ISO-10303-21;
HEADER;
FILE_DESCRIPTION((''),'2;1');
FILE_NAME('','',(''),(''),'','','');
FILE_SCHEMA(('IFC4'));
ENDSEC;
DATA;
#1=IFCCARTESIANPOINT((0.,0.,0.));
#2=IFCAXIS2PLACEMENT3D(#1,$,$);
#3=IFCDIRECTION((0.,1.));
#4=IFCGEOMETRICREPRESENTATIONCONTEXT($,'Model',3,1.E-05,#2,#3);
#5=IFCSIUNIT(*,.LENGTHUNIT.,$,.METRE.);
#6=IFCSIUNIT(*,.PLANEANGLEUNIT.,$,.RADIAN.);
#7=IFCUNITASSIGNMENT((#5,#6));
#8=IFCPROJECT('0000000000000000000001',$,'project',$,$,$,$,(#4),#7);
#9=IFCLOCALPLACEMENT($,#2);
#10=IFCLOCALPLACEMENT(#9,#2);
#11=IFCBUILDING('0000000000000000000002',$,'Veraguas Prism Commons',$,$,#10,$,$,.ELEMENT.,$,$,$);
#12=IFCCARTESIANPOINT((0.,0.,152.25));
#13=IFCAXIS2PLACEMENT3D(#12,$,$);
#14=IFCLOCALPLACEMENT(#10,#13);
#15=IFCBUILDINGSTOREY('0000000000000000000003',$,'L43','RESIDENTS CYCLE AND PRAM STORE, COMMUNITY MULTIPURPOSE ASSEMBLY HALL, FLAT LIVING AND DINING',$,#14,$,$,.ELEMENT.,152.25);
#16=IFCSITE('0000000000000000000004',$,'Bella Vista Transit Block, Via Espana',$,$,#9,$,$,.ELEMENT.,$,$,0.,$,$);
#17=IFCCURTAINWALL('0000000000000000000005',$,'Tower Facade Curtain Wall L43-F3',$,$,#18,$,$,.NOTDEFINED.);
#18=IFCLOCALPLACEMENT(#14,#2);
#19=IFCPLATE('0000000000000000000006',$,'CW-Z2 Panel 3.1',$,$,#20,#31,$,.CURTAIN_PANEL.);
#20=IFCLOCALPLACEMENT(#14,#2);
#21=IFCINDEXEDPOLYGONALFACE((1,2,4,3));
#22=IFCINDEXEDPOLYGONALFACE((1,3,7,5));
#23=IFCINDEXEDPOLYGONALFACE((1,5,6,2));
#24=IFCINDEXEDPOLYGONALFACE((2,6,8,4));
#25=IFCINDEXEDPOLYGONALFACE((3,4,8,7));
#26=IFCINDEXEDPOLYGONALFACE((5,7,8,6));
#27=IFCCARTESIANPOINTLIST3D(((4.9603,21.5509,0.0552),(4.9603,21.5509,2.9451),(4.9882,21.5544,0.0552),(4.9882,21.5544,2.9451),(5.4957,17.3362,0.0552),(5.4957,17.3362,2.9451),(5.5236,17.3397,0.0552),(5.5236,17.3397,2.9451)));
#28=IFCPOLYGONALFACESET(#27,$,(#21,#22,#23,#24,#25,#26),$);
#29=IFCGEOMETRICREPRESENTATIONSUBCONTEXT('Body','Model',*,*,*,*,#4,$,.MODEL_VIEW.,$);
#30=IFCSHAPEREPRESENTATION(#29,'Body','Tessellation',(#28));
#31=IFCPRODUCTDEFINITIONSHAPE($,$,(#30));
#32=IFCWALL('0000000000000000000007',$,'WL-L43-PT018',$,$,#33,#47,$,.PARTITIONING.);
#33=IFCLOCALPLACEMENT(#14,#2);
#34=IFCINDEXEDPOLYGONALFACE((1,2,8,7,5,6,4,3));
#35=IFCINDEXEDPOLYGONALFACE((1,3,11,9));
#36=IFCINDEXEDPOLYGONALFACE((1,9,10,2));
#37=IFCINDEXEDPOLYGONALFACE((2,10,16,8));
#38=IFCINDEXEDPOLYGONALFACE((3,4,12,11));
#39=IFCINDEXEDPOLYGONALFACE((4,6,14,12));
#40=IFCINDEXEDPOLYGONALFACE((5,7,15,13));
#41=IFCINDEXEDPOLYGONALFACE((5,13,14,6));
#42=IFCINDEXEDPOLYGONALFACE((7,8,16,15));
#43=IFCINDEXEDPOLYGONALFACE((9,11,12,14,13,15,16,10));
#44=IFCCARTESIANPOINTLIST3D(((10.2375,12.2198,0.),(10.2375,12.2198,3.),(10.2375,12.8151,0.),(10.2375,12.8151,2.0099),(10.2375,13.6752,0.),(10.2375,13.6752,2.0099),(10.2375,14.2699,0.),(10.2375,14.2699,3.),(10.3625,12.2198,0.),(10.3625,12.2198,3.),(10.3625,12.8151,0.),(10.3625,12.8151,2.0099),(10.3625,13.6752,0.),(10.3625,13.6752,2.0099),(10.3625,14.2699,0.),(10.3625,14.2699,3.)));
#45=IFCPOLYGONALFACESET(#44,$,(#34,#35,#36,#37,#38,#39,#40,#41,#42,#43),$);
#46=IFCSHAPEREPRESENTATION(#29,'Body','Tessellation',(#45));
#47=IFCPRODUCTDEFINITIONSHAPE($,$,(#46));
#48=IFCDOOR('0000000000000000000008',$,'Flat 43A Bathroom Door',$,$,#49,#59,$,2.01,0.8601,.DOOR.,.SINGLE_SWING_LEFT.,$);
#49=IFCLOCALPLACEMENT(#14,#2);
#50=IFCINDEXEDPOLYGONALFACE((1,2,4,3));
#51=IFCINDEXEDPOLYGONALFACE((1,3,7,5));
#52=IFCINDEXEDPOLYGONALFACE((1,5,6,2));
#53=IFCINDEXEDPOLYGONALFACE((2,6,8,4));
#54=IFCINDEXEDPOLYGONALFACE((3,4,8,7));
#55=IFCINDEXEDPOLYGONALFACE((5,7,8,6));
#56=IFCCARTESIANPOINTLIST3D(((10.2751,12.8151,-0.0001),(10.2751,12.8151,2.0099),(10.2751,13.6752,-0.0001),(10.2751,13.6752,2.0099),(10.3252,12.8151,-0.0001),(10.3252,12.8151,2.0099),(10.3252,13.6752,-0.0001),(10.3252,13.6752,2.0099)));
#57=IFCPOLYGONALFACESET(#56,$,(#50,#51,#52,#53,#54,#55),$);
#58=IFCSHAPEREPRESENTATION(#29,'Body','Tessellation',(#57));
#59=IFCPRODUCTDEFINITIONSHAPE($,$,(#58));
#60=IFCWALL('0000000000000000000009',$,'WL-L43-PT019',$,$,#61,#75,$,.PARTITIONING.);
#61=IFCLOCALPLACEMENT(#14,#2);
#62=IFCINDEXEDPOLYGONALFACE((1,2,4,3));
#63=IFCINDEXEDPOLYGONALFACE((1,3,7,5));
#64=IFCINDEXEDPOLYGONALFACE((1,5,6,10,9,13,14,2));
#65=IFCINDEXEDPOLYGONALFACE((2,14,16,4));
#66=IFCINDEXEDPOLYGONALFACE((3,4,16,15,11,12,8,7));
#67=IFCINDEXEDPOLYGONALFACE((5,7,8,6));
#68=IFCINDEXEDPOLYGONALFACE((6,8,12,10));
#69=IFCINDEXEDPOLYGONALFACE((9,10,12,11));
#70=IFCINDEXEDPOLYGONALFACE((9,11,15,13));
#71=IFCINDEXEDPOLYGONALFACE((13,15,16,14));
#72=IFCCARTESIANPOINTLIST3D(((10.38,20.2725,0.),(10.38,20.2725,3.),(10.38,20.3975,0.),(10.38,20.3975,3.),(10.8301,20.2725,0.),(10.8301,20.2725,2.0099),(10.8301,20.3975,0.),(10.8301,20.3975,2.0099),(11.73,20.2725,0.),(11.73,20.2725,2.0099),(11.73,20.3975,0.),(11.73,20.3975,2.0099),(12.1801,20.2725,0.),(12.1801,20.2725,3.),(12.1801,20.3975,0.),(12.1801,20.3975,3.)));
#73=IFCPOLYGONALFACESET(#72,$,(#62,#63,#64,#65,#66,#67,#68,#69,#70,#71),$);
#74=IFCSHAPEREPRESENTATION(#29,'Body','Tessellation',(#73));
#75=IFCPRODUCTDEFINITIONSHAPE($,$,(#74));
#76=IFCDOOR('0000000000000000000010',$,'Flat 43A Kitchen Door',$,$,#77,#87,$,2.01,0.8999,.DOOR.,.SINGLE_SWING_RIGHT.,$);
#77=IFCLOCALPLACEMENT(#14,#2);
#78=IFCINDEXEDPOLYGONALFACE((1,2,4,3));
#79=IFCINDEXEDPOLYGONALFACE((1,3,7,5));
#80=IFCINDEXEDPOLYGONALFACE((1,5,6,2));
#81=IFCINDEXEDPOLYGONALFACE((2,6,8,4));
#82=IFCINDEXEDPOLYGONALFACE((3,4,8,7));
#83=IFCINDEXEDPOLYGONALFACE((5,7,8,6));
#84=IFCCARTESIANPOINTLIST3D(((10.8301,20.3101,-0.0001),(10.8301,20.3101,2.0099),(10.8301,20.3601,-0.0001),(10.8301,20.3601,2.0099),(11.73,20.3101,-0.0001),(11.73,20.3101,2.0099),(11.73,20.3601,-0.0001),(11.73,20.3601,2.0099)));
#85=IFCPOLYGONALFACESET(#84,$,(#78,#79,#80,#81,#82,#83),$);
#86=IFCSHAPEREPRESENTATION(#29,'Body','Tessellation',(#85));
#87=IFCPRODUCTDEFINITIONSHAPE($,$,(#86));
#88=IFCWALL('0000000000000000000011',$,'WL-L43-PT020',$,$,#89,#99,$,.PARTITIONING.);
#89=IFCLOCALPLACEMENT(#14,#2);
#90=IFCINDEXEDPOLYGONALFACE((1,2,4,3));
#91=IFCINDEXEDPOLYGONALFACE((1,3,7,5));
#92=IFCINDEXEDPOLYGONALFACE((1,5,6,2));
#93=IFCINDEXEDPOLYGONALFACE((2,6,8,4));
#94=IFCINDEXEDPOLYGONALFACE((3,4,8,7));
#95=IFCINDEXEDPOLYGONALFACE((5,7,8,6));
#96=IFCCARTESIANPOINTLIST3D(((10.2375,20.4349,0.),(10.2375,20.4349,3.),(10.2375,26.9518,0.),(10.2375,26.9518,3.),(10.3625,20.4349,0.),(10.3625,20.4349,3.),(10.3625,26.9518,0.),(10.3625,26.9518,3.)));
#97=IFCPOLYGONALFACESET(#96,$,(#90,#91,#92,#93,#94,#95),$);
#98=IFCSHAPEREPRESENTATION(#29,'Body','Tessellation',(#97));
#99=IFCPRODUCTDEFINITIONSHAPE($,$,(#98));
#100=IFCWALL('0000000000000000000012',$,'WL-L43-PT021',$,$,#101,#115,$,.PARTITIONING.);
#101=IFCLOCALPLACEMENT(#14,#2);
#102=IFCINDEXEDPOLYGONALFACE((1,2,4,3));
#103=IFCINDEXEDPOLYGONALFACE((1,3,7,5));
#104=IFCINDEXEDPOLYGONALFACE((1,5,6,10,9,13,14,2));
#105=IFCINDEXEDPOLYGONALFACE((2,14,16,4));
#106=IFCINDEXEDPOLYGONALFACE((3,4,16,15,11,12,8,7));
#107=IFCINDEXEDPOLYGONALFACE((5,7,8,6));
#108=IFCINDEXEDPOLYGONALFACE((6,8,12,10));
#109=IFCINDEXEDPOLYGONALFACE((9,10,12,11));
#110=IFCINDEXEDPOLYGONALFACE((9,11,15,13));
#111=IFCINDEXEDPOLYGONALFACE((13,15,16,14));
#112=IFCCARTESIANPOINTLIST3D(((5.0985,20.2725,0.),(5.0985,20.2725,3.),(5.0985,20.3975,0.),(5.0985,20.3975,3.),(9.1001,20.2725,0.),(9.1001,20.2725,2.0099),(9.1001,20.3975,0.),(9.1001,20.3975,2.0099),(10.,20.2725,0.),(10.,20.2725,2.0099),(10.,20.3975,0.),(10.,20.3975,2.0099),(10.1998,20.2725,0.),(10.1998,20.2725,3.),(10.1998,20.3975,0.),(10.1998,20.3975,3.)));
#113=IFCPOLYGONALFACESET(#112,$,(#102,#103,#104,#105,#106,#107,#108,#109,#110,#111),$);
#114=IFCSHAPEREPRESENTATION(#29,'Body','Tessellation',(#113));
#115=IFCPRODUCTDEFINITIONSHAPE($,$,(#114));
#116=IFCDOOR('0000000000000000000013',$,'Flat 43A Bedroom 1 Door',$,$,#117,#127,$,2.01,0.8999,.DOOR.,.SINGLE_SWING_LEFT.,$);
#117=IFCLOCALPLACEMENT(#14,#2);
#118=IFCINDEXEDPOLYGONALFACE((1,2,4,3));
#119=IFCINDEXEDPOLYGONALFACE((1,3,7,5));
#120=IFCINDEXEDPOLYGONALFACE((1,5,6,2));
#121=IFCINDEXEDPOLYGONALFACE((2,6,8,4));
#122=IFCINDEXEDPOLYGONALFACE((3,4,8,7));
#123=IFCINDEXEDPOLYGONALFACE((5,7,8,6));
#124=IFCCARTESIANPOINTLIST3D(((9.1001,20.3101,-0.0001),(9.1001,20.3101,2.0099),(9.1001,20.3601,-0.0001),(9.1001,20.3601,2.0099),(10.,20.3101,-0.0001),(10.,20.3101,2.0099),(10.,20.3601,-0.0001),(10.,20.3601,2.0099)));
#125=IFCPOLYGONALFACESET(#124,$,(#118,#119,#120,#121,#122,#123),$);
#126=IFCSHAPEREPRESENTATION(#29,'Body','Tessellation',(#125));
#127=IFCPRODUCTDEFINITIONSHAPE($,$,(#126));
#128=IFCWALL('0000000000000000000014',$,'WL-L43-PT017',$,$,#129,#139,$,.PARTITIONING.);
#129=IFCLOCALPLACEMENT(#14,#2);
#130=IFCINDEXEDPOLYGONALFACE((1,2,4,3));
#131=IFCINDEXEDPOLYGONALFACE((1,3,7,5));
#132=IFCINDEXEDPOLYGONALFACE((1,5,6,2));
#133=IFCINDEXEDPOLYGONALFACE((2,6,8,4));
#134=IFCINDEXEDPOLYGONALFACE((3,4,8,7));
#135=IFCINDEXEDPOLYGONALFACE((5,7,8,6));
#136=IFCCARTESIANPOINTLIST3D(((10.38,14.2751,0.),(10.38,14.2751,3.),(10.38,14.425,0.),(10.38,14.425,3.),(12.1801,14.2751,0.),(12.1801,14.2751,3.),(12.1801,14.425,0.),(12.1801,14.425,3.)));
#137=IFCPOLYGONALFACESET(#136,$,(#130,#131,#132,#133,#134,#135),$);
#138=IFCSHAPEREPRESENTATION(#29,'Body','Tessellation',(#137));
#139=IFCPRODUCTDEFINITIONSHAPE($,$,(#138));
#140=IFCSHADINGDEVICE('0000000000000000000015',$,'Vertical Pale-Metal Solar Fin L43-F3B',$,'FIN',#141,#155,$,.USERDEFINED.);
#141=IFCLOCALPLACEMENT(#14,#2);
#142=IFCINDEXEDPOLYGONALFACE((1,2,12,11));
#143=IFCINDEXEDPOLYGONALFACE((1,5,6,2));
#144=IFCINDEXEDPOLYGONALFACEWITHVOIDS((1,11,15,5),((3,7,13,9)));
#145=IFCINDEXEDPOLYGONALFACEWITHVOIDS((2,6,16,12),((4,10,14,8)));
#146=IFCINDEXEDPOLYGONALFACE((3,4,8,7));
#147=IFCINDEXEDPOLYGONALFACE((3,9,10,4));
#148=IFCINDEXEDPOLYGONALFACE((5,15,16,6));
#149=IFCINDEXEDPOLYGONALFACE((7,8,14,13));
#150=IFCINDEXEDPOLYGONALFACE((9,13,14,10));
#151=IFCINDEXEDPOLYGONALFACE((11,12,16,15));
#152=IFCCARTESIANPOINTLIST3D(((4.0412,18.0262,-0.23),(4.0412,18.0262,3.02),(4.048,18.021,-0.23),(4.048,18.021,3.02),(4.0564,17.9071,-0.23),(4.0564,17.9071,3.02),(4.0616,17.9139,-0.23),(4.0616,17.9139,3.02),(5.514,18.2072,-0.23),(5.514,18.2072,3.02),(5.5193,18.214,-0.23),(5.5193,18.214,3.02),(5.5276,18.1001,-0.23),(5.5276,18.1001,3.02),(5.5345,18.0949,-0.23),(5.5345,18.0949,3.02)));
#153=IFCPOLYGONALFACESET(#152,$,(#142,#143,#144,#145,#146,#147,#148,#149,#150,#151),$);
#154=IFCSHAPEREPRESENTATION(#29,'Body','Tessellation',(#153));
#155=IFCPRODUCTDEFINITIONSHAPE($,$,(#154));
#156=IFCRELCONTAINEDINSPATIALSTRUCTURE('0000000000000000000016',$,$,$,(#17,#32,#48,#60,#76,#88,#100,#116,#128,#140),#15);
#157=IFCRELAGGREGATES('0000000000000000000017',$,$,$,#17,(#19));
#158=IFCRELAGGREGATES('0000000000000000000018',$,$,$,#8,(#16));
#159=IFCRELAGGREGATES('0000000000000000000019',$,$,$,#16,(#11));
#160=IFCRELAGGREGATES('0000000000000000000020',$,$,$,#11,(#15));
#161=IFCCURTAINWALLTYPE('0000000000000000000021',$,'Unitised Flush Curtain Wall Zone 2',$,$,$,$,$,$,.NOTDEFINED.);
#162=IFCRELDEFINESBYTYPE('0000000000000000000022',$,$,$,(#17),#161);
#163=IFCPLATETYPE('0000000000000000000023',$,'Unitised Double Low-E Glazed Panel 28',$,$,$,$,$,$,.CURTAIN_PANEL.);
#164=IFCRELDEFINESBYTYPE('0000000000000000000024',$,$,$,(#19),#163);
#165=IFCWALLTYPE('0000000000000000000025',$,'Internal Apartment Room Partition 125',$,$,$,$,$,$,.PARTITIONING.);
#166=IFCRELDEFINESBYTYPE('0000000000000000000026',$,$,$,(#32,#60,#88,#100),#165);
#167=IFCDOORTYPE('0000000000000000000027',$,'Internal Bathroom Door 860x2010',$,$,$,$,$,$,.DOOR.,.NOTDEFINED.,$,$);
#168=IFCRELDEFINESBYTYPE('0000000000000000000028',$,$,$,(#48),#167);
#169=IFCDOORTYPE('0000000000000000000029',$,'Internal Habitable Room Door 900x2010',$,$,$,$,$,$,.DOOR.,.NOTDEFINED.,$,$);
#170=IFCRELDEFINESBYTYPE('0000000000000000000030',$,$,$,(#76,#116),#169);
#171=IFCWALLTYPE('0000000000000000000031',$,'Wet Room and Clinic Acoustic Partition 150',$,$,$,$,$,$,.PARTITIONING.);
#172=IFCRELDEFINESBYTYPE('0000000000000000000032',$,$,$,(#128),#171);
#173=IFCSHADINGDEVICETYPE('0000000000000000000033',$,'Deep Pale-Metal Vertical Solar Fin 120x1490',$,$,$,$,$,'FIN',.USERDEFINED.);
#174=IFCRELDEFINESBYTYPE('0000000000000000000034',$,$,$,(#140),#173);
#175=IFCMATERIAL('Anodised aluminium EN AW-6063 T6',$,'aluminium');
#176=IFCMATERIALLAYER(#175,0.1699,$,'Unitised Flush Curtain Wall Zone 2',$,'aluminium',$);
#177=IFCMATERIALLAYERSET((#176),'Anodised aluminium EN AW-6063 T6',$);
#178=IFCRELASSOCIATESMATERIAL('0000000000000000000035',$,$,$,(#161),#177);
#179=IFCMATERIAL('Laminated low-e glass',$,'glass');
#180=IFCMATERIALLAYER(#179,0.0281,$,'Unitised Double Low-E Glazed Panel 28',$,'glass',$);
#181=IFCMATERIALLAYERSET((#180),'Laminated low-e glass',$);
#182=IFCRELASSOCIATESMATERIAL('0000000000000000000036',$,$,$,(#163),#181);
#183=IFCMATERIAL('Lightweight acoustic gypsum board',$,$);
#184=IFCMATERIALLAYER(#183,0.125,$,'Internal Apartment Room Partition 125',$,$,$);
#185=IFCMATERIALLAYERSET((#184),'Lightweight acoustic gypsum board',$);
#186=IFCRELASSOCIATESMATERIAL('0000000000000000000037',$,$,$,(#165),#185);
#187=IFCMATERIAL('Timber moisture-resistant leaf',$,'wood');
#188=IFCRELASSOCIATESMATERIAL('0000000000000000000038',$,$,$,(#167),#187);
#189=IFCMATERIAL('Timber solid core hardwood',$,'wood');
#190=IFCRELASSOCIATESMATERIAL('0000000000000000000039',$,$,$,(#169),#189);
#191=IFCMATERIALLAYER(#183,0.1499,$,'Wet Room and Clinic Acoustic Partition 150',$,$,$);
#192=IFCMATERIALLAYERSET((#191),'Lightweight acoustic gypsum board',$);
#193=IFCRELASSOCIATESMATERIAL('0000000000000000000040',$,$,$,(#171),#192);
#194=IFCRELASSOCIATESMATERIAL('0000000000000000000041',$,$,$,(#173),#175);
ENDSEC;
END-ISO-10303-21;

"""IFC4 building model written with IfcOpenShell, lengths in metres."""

from ifc_helpers import new_model, si_unit, direction, frame, frame_2d, origin, origin_2d, place, context, subcontext, project, spatial, rectangle, hollow_rectangle, extrude, source, transform, mapped, material, layer, layer_set, material_profile, profile_set, type_object, element, fill, aggregate, save


model = new_model("IFC4")

# Units and contexts
model_context = context("Model", 3, precision=1e-05, world=origin(), true_north=direction((0.0, 1.0)))
body_context = subcontext(model_context, "Body", "Model", "MODEL_VIEW")
ifc_project = project(units=[si_unit("LENGTHUNIT", "METRE"), si_unit("PLANEANGLEUNIT", "RADIAN")], contexts=[model_context])

# Site, building, storey
site_placement = place(None, origin())
site = spatial("IfcSite", under=ifc_project, at=site_placement, Name="Bella Vista Transit Block, Via Espana", CompositionType="ELEMENT", RefElevation=0.0)
building_placement = place(site_placement, origin())
building = spatial("IfcBuilding", under=site, at=building_placement, Name="Veraguas Prism Commons", CompositionType="ELEMENT")
storey_placement = place(building_placement, frame((0.0, 0.0, 152.25)))
storey = spatial("IfcBuildingStorey", under=building, at=storey_placement, Name="L43", Description="RESIDENTS CYCLE AND PRAM STORE, COMMUNITY MULTIPURPOSE ASSEMBLY HALL, FLAT LIVING AND DINING", CompositionType="ELEMENT", Elevation=152.25)

# Curtain wall
ifc_material_1 = material(Name="Anodised aluminium EN AW-6063 T6", Category="aluminium")
ifc_layer_1 = layer(ifc_material_1, 0.1699, Name="Unitised Flush Curtain Wall Zone 2", Category="aluminium")
ifc_layer_set_1 = layer_set([ifc_layer_1], Name="Anodised aluminium EN AW-6063 T6")
curtain_wall_type = type_object("IfcCurtainWallType", Name="Unitised Flush Curtain Wall Zone 2", PredefinedType="NOTDEFINED", material=ifc_layer_set_1)
curtain_wall_1_placement = place(storey_placement, origin())
curtain_wall_1 = element("IfcCurtainWall", 1, at=curtain_wall_1_placement, inside=storey, type_object=curtain_wall_type, Name="Tower Facade Curtain Wall L43-F3", PredefinedType="NOTDEFINED")

# Plate
ifc_material_2 = material(Name="Laminated low-e glass", Category="glass")
ifc_layer_2 = layer(ifc_material_2, 0.0281, Name="Unitised Double Low-E Glazed Panel 28", Category="glass")
ifc_layer_set_2 = layer_set([ifc_layer_2], Name="Laminated low-e glass")
plate_type = type_object("IfcPlateType", Name="Unitised Double Low-E Glazed Panel 28", PredefinedType="CURTAIN_PANEL", material=ifc_layer_set_2)
shared_shape_1 = source(origin(), body_context, "Body", "SweptSolid", [
    extrude(rectangle(XDim=4.2485, YDim=0.0281, at=origin_2d()), origin(), (0.0, 0.0, 1.0), 2.8899),
])
plate_1_placement = place(storey_placement, frame((5.2419, 19.4453, 0.0552), z_axis=(0.0, 0.0, 1.0), x_axis=(0.126021, -0.992028, 0.0)))
plate_1 = element("IfcPlate", 2, at=plate_1_placement, type_object=plate_type, Name="CW-Z2 Panel 3.1", PredefinedType="CURTAIN_PANEL", context=body_context, shape_type="MappedRepresentation", body=[
    mapped(shared_shape_1, transform((0.0, 0.0, 0.0), scale=1.0)),
])
aggregate(curtain_wall_1, [plate_1])

# Walls, openings, doors
ifc_material_3 = material(Name="Lightweight acoustic gypsum board")
ifc_layer_3 = layer(ifc_material_3, 0.125, Name="Internal Apartment Room Partition 125")
ifc_layer_set_3 = layer_set([ifc_layer_3], Name="Lightweight acoustic gypsum board")
wall_type_1 = type_object("IfcWallType", Name="Internal Apartment Room Partition 125", PredefinedType="PARTITIONING", material=ifc_layer_set_3)
wall_1_placement = place(storey_placement, frame((10.3, 12.22, 0.0), z_axis=(0.0, 0.0, 1.0), x_axis=(0.0, 1.0, 0.0)))
wall_1 = element("IfcWall", 3, at=wall_1_placement, inside=storey, type_object=wall_type_1, Name="WL-L43-PT018", PredefinedType="PARTITIONING", context=body_context, shape_type="SweptSolid", body=[
    extrude(rectangle(XDim=2.05, YDim=0.125, at=frame_2d((1.0249, 0.0))), origin(), (0.0, 0.0, 1.0), 3.0),
])
opening_1_placement = place(wall_1_placement, frame((0.595, 0.0, 0.0)))
opening_1 = element("IfcOpeningElement", 4, at=opening_1_placement, cuts=wall_1, PredefinedType="OPENING", context=body_context, shape_type="SweptSolid", body=[
    extrude(rectangle(XDim=0.8601, YDim=2.01, at=frame_2d((0.4302, 1.0049))), frame((0.0, 0.0725, 0.0), z_axis=(0.0, -1.0, 0.0), x_axis=(1.0, 0.0, 0.0)), (0.0, 0.0, 1.0), 0.145),
])
ifc_material_4 = material(Name="Timber moisture-resistant leaf", Category="wood")
door_type_1 = type_object("IfcDoorType", Name="Internal Bathroom Door 860x2010", OperationType="NOTDEFINED", PredefinedType="DOOR", material=ifc_material_4)
shared_shape_2 = source(origin(), body_context, "Body", "SweptSolid", [
    extrude(rectangle(XDim=0.8601, YDim=2.01, at=frame_2d((0.4302, 1.0049))), frame((0.0, 0.0249, 0.0), z_axis=(0.0, -1.0, 0.0), x_axis=(1.0, 0.0, 0.0)), (0.0, 0.0, 1.0), 0.05),
])
door_1_placement = place(opening_1_placement, origin())
door_1 = element("IfcDoor", 5, at=door_1_placement, inside=storey, type_object=door_type_1, Name="Flat 43A Bathroom Door", OperationType="SINGLE_SWING_LEFT", OverallHeight=2.01, OverallWidth=0.8601, PredefinedType="DOOR", context=body_context, shape_type="MappedRepresentation", body=[
    mapped(shared_shape_2, transform((0.0, 0.0, 0.0), scale=1.0)),
])
fill(opening_1, door_1)
wall_2_placement = place(storey_placement, frame((12.1799, 20.335, 0.0), z_axis=(0.0, 0.0, 1.0), x_axis=(-1.0, 0.0, 0.0)))
wall_2 = element("IfcWall", 6, at=wall_2_placement, inside=storey, type_object=wall_type_1, Name="WL-L43-PT019", PredefinedType="PARTITIONING", context=body_context, shape_type="SweptSolid", body=[
    extrude(rectangle(XDim=1.8, YDim=0.125, at=frame_2d((0.8999, 0.0))), origin(), (0.0, 0.0, 1.0), 3.0),
])
opening_2_placement = place(wall_2_placement, frame((0.45, 0.0, 0.0)))
opening_2 = element("IfcOpeningElement", 7, at=opening_2_placement, cuts=wall_2, PredefinedType="OPENING", context=body_context, shape_type="SweptSolid", body=[
    extrude(rectangle(XDim=0.8999, YDim=2.01, at=frame_2d((0.45, 1.0049))), frame((0.0, 0.0725, 0.0), z_axis=(0.0, -1.0, 0.0), x_axis=(1.0, 0.0, 0.0)), (0.0, 0.0, 1.0), 0.145),
])
ifc_material_5 = material(Name="Timber solid core hardwood", Category="wood")
door_type_2 = type_object("IfcDoorType", Name="Internal Habitable Room Door 900x2010", OperationType="NOTDEFINED", PredefinedType="DOOR", material=ifc_material_5)
shared_shape_3 = source(origin(), body_context, "Body", "SweptSolid", [
    extrude(rectangle(XDim=0.8999, YDim=2.01, at=frame_2d((0.45, 1.0049))), frame((0.0, 0.0249, 0.0), z_axis=(0.0, -1.0, 0.0), x_axis=(1.0, 0.0, 0.0)), (0.0, 0.0, 1.0), 0.05),
])
door_2_placement = place(opening_2_placement, origin())
door_2 = element("IfcDoor", 8, at=door_2_placement, inside=storey, type_object=door_type_2, Name="Flat 43A Kitchen Door", OperationType="SINGLE_SWING_RIGHT", OverallHeight=2.01, OverallWidth=0.8999, PredefinedType="DOOR", context=body_context, shape_type="MappedRepresentation", body=[
    mapped(shared_shape_3, transform((0.0, 0.0, 0.0), scale=1.0)),
])
fill(opening_2, door_2)

# Wall
wall_3_placement = place(storey_placement, frame((10.3, 20.4351, 0.0), z_axis=(0.0, 0.0, 1.0), x_axis=(0.0, 1.0, 0.0)))
element("IfcWall", 9, at=wall_3_placement, inside=storey, type_object=wall_type_1, Name="WL-L43-PT020", PredefinedType="PARTITIONING", context=body_context, shape_type="SweptSolid", body=[
    extrude(rectangle(XDim=6.5168, YDim=0.125, at=frame_2d((3.2583, 0.0))), origin(), (0.0, 0.0, 1.0), 3.0),
])

# Wall, opening, door
wall_4_placement = place(storey_placement, frame((10.2, 20.335, 0.0), z_axis=(0.0, 0.0, 1.0), x_axis=(-1.0, 0.0, 0.0)))
wall_4 = element("IfcWall", 10, at=wall_4_placement, inside=storey, type_object=wall_type_1, Name="WL-L43-PT021", PredefinedType="PARTITIONING", context=body_context, shape_type="SweptSolid", body=[
    extrude(rectangle(XDim=5.1013, YDim=0.125, at=frame_2d((2.5508, 0.0))), origin(), (0.0, 0.0, 1.0), 3.0),
])
opening_3_placement = place(wall_4_placement, frame((0.2, 0.0, 0.0)))
opening_3 = element("IfcOpeningElement", 11, at=opening_3_placement, cuts=wall_4, PredefinedType="OPENING", context=body_context, shape_type="SweptSolid", body=[
    extrude(rectangle(XDim=0.8999, YDim=2.01, at=frame_2d((0.45, 1.0049))), frame((0.0, 0.0725, 0.0), z_axis=(0.0, -1.0, 0.0), x_axis=(1.0, 0.0, 0.0)), (0.0, 0.0, 1.0), 0.145),
])
door_3_placement = place(opening_3_placement, origin())
door_3 = element("IfcDoor", 12, at=door_3_placement, inside=storey, type_object=door_type_2, Name="Flat 43A Bedroom 1 Door", OperationType="SINGLE_SWING_LEFT", OverallHeight=2.01, OverallWidth=0.8999, PredefinedType="DOOR", context=body_context, shape_type="MappedRepresentation", body=[
    mapped(shared_shape_3, transform((0.0, 0.0, 0.0), scale=1.0)),
])
fill(opening_3, door_3)

# Wall
ifc_layer_4 = layer(ifc_material_3, 0.1499, Name="Wet Room and Clinic Acoustic Partition 150")
ifc_layer_set_4 = layer_set([ifc_layer_4], Name="Lightweight acoustic gypsum board")
wall_type_2 = type_object("IfcWallType", Name="Wet Room and Clinic Acoustic Partition 150", PredefinedType="PARTITIONING", material=ifc_layer_set_4)
wall_5_placement = place(storey_placement, frame((12.1799, 14.3501, 0.0), z_axis=(0.0, 0.0, 1.0), x_axis=(-1.0, 0.0, 0.0)))
element("IfcWall", 13, at=wall_5_placement, inside=storey, type_object=wall_type_2, Name="WL-L43-PT017", PredefinedType="PARTITIONING", context=body_context, shape_type="SweptSolid", body=[
    extrude(rectangle(XDim=1.8, YDim=0.1499, at=frame_2d((0.8999, 0.0))), origin(), (0.0, 0.0, 1.0), 3.0),
])

# Shading device
ifc_material_profile_1 = material_profile(ifc_material_1, hollow_rectangle(XDim=0.1201, YDim=1.49, WallThickness=0.0061, at=origin_2d()), Name="FIN120X1490X6")
ifc_profile_set_1 = profile_set([ifc_material_profile_1], Name="Anodised aluminium EN AW-6063 T6")
shading_device_type = type_object("IfcShadingDeviceType", Name="Deep Pale-Metal Vertical Solar Fin 120x1490", ElementType="FIN", PredefinedType="USERDEFINED", material=ifc_profile_set_1)
shading_device_placement = place(storey_placement, frame((4.7878, 18.0605, -0.23), z_axis=(0.0, 0.0, 1.0), x_axis=(0.126026, -0.992027, 0.0)))
element("IfcShadingDevice", 14, at=shading_device_placement, inside=storey, type_object=shading_device_type, Name="Vertical Pale-Metal Solar Fin L43-F3B", ObjectType="FIN", PredefinedType="USERDEFINED", context=body_context, shape_type="SweptSolid", body=[
    extrude(hollow_rectangle(XDim=0.1201, YDim=1.49, WallThickness=0.0061, at=origin_2d()), origin(), (0.0, 0.0, 1.0), 3.25),
])

save(model, "model.ifc")
